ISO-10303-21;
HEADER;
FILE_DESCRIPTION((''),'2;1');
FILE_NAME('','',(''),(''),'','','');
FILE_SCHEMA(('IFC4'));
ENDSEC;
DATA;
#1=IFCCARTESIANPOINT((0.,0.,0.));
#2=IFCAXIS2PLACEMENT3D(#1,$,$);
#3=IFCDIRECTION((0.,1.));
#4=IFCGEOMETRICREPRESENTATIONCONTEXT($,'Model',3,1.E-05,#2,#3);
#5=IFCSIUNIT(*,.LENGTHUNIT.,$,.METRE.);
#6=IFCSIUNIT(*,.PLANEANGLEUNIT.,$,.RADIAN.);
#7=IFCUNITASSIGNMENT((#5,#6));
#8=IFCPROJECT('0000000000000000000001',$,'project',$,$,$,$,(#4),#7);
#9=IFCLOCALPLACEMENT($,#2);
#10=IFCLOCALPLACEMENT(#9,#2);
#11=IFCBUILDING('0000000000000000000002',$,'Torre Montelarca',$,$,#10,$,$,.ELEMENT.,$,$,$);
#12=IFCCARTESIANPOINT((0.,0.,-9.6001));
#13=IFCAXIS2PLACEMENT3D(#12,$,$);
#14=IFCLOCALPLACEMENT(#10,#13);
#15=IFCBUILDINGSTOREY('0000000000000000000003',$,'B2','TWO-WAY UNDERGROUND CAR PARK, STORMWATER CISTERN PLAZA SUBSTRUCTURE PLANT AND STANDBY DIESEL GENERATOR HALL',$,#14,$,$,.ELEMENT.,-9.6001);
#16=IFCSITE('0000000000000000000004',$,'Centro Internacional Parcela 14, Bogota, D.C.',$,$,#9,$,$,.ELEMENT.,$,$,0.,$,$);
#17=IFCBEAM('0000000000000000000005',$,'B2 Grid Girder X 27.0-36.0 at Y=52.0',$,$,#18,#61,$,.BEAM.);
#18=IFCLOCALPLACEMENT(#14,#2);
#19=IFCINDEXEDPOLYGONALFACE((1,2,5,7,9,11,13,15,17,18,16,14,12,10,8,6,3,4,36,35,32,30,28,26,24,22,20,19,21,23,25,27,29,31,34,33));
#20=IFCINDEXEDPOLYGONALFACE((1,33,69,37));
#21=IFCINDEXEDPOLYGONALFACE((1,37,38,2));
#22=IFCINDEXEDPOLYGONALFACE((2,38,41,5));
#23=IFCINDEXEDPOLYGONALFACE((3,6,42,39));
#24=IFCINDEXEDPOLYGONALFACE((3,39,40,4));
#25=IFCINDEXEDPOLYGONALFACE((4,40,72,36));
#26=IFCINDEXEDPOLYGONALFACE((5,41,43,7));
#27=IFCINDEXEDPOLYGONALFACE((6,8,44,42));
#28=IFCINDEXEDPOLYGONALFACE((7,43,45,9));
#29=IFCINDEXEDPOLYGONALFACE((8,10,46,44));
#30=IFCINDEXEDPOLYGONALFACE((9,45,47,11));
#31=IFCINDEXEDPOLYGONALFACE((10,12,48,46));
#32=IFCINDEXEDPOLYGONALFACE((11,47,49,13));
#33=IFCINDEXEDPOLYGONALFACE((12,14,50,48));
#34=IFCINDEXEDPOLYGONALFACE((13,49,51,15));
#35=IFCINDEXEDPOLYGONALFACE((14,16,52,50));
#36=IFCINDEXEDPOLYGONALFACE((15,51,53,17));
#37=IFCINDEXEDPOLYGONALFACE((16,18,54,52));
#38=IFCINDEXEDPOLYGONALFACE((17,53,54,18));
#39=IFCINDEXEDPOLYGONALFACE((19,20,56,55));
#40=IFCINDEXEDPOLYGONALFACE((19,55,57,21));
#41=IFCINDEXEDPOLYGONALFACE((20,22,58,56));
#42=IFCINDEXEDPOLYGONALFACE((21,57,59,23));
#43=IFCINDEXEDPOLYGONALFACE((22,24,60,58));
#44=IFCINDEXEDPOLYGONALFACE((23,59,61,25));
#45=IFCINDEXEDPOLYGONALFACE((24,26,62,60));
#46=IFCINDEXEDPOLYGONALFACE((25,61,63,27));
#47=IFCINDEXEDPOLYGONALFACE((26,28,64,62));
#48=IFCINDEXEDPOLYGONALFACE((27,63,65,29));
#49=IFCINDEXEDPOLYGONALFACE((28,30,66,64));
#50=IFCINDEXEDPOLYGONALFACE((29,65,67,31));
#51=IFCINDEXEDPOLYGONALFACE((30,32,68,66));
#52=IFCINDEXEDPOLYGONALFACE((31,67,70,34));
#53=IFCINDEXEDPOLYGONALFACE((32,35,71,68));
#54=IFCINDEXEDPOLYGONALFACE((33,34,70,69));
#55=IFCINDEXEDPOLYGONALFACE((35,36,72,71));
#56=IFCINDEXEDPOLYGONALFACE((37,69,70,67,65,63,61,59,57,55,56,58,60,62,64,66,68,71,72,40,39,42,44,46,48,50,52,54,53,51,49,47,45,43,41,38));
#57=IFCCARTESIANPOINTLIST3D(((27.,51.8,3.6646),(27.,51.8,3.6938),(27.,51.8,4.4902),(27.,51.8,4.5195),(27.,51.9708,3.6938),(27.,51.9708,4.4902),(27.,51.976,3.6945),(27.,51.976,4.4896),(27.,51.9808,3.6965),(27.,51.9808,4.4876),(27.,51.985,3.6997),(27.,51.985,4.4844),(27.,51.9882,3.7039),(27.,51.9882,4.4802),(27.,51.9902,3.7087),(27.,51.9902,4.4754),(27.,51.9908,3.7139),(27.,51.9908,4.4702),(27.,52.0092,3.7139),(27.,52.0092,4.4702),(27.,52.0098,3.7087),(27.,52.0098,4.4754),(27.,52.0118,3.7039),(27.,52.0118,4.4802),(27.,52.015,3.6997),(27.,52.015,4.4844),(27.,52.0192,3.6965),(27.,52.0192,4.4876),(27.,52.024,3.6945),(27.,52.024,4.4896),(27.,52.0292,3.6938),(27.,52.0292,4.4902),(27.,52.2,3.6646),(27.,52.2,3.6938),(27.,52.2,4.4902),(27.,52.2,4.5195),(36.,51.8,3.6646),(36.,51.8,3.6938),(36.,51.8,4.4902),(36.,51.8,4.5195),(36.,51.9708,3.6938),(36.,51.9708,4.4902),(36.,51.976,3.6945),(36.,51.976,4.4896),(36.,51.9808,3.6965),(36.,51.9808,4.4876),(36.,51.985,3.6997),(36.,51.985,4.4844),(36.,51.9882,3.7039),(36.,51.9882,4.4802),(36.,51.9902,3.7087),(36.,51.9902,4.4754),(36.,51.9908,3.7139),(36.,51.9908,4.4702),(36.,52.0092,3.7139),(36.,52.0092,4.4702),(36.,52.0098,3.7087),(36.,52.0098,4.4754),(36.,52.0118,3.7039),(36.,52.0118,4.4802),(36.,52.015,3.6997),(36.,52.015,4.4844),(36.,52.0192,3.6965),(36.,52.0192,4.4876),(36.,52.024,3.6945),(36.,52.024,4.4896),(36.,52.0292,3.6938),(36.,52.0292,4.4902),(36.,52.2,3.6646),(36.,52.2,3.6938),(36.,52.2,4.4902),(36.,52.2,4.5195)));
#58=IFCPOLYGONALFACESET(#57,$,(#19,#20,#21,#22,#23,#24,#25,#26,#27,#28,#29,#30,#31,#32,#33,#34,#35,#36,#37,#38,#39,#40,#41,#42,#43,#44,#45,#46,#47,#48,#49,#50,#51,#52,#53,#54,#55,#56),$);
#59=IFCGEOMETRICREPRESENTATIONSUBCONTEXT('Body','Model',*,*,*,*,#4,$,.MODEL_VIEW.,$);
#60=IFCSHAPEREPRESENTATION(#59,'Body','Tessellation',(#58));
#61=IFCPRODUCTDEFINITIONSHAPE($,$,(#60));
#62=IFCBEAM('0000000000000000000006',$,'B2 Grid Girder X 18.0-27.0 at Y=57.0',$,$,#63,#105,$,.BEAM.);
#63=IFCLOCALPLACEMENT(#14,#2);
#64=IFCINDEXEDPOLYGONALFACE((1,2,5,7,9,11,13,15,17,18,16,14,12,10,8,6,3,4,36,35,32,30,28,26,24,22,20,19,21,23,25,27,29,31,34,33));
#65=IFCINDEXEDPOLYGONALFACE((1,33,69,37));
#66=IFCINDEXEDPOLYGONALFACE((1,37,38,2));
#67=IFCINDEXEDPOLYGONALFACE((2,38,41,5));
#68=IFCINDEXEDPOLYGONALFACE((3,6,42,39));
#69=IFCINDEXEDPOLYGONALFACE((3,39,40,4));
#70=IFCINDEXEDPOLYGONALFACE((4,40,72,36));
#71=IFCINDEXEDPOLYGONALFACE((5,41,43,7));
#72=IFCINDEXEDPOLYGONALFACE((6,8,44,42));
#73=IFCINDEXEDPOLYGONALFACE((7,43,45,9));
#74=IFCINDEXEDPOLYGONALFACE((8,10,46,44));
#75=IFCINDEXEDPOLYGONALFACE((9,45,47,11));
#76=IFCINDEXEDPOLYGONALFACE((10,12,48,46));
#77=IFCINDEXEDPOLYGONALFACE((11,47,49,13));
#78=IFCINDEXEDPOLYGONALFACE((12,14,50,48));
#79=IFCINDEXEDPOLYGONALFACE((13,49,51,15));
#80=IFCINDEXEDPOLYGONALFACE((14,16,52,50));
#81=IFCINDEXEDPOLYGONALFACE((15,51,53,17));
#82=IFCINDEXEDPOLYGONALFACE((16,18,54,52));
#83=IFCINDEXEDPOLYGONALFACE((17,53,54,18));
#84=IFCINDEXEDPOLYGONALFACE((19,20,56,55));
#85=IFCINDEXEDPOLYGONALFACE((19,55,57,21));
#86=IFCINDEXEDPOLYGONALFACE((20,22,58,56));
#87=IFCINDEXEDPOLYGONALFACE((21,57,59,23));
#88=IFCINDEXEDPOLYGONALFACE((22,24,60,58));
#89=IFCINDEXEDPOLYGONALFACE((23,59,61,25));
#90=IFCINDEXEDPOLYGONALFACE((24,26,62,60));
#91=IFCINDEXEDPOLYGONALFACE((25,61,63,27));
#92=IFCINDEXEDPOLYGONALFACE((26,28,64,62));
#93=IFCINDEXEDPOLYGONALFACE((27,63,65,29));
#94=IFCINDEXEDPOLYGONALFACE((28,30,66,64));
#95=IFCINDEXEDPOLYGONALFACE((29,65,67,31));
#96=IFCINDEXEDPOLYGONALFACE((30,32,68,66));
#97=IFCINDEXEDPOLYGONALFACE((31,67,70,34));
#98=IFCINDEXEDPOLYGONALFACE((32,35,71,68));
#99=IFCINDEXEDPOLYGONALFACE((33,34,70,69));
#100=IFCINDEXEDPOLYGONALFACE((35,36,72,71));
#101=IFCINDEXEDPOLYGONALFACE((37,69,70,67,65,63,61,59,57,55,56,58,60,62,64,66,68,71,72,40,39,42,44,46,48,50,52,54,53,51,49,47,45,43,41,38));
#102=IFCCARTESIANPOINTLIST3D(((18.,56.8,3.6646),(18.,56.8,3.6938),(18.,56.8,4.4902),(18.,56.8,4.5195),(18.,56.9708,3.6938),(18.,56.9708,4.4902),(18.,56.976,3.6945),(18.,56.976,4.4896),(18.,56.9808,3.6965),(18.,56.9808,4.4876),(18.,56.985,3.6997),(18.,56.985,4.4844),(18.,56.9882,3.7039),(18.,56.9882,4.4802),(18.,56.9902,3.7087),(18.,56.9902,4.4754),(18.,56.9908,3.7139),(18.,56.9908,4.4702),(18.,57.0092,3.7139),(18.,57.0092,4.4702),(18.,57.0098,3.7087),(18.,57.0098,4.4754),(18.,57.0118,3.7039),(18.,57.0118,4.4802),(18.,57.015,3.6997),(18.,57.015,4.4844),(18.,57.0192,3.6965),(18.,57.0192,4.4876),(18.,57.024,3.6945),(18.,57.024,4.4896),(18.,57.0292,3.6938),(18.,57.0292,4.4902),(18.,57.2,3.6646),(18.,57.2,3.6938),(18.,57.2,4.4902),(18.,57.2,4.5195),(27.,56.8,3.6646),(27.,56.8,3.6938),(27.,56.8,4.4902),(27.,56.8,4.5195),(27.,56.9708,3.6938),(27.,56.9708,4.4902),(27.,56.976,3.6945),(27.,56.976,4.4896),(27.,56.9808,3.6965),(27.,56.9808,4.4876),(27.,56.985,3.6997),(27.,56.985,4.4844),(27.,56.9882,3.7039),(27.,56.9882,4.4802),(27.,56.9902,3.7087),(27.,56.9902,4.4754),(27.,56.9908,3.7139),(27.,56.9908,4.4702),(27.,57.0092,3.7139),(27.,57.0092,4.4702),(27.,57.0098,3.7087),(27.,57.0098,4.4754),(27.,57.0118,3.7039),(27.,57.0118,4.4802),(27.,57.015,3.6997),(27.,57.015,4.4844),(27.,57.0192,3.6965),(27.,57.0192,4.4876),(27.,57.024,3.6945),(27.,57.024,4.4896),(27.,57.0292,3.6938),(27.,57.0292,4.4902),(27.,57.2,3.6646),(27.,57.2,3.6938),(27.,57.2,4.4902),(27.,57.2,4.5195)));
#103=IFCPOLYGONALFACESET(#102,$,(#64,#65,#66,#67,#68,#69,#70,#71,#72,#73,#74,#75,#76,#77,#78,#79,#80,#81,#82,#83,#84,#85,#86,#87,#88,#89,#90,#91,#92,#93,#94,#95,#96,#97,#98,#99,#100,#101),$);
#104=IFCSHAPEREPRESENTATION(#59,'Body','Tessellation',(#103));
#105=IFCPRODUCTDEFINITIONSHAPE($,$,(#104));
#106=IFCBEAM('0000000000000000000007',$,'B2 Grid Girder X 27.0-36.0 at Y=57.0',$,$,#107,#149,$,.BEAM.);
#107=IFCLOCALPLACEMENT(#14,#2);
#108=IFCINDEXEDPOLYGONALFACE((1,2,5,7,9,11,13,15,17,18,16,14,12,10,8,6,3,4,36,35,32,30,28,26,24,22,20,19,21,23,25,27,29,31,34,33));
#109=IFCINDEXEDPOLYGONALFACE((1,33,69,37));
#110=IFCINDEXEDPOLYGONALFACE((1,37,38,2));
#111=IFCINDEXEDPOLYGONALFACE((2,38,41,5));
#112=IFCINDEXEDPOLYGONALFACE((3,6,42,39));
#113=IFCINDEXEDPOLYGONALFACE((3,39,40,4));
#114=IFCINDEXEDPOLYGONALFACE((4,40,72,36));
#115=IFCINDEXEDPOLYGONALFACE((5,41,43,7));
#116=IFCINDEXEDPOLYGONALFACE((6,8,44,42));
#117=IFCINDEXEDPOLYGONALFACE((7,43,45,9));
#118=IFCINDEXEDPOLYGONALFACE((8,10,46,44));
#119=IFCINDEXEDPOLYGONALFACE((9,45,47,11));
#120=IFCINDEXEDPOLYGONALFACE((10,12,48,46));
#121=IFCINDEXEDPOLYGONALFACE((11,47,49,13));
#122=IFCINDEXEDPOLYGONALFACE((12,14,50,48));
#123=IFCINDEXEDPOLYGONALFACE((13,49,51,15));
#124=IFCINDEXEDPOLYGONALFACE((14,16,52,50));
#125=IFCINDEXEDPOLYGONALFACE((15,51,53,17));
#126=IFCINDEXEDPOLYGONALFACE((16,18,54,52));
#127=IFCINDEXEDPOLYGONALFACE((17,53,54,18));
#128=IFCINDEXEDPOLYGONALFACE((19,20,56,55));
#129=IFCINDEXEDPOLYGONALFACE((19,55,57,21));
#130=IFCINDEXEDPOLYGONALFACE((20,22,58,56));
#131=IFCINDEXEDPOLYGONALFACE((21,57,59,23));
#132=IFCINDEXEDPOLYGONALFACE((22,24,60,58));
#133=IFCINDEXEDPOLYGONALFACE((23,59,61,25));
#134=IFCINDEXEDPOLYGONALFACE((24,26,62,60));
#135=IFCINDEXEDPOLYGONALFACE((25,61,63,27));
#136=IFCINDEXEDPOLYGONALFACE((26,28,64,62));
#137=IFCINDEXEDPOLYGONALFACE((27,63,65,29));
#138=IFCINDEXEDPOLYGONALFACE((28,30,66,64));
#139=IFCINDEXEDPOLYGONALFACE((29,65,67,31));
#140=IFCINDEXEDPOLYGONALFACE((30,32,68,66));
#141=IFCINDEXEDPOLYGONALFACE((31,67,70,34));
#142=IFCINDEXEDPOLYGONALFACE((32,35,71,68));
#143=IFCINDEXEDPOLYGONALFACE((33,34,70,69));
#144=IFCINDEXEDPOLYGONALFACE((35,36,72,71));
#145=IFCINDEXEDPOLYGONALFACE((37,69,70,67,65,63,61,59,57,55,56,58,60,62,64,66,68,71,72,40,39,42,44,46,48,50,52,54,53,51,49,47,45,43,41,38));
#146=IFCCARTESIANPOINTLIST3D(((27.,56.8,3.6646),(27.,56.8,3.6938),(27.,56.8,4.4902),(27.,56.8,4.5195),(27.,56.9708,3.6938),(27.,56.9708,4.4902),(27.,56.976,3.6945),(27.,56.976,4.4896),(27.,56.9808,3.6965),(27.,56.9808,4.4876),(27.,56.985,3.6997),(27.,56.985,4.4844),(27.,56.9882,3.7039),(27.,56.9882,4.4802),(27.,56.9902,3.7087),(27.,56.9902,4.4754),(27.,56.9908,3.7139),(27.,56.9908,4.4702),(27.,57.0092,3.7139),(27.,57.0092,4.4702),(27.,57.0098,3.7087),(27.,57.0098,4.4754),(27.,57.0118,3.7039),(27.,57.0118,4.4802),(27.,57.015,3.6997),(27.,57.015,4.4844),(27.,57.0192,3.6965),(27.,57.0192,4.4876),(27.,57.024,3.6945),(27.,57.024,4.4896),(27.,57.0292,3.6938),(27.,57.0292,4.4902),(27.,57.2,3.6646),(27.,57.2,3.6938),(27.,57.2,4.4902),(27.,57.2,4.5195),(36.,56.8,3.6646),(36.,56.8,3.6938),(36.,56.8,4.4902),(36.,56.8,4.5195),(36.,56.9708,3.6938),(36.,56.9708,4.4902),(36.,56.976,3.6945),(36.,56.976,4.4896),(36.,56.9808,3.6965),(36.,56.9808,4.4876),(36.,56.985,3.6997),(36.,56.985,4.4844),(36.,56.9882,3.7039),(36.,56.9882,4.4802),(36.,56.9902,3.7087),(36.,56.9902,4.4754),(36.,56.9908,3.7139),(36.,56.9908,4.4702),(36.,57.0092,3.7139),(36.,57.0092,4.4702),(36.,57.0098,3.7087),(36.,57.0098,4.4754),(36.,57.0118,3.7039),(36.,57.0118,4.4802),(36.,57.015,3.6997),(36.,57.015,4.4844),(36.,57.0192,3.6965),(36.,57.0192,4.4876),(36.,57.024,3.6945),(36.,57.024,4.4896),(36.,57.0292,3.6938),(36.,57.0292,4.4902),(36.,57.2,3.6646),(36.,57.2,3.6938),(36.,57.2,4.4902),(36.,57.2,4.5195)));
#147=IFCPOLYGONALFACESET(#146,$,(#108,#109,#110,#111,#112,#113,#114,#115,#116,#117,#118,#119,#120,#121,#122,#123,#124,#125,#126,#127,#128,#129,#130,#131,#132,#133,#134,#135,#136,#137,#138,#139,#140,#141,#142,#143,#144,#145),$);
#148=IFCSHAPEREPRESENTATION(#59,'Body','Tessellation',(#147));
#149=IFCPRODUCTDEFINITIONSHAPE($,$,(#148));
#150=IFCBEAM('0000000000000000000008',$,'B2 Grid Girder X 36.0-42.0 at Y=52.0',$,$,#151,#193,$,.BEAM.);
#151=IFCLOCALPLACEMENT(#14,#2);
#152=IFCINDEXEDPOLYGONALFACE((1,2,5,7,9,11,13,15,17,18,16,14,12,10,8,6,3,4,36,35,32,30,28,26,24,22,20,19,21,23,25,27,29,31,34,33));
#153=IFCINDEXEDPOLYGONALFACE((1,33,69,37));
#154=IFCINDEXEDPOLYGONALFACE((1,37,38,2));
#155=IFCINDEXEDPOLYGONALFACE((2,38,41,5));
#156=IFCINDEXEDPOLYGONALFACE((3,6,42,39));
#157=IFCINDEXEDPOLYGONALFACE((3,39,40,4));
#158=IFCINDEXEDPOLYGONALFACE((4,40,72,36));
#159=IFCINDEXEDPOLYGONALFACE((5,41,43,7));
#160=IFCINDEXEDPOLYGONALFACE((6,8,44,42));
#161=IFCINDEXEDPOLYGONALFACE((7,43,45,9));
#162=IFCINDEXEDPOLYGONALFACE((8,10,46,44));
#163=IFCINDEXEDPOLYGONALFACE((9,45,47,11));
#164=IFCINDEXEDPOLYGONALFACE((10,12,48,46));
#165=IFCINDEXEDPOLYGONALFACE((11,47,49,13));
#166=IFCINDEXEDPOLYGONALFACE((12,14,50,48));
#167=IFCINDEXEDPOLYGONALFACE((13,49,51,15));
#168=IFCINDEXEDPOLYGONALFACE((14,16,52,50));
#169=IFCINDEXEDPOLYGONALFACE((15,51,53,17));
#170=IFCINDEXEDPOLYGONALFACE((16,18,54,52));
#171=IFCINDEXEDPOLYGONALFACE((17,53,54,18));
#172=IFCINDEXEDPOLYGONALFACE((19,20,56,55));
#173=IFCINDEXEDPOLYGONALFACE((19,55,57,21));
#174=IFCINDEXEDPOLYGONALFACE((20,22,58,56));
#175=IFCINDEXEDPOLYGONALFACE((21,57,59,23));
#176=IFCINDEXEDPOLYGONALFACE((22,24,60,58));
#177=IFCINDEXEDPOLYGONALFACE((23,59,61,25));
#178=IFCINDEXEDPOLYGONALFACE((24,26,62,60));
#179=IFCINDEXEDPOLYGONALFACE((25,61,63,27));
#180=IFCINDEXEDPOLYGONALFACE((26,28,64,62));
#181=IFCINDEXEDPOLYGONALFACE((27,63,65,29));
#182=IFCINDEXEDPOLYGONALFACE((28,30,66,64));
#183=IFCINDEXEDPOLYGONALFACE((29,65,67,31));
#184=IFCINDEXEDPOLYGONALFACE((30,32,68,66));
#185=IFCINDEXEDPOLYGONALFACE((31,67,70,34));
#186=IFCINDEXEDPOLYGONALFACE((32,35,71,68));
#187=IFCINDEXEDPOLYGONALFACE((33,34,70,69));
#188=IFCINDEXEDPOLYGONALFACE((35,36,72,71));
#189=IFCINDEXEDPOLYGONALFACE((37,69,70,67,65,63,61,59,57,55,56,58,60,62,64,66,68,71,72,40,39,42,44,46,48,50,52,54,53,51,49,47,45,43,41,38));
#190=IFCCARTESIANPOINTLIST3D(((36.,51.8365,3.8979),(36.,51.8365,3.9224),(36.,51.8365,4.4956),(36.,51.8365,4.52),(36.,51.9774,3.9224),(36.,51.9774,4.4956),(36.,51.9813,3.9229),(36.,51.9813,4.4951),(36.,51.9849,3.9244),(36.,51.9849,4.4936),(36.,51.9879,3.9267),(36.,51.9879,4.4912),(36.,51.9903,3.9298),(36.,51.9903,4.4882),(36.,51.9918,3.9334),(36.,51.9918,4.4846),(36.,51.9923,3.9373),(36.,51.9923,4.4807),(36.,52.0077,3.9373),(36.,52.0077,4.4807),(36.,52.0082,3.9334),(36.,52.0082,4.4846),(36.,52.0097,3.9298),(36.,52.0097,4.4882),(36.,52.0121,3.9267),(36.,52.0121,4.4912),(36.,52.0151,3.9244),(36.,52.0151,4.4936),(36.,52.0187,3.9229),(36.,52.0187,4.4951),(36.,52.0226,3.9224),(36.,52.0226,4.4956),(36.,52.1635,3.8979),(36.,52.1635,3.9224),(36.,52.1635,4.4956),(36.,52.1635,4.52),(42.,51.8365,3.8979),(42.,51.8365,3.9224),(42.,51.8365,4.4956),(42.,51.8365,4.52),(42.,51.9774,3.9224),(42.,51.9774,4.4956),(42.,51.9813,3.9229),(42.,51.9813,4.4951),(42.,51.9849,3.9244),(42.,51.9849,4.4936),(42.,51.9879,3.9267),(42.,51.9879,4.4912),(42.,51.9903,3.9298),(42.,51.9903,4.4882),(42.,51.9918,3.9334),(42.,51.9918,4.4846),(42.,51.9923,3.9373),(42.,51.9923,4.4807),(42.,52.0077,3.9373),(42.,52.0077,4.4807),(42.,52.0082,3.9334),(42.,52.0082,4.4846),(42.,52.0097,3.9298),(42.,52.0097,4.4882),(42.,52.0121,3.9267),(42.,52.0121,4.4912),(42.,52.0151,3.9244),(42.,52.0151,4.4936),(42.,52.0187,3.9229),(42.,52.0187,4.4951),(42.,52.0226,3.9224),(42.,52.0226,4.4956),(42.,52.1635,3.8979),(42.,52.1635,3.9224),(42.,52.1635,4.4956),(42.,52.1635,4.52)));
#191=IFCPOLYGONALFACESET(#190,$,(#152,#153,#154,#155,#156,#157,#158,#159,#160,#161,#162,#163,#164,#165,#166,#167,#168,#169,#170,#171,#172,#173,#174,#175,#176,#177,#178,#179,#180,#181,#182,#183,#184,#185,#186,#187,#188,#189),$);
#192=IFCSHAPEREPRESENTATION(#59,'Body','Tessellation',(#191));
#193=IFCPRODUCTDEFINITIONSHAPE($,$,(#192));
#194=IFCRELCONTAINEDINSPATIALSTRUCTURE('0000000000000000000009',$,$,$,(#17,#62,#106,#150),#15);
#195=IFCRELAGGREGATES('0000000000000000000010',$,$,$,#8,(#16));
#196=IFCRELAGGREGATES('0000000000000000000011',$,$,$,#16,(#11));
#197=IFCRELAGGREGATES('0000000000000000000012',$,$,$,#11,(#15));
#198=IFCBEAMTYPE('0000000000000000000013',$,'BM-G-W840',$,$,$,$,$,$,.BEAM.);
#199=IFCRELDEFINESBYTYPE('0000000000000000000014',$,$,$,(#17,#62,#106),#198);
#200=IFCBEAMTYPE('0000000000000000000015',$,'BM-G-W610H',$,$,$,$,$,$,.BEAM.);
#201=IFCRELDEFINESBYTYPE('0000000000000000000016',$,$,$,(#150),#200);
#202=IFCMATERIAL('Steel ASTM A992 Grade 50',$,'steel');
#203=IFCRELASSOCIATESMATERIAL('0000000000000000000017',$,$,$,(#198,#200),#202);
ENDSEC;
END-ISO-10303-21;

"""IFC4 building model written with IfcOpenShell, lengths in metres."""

from ifc_helpers import new_model, si_unit, direction, frame, origin, origin_2d, place, context, subcontext, project, spatial, i_section, extrude, source, transform, mapped, material, material_profile, profile_set, type_object, element, save


model = new_model("IFC4")

# Units and contexts
model_context = context("Model", 3, precision=1e-05, world=origin(), true_north=direction((0.0, 1.0)))
body_context = subcontext(model_context, "Body", "Model", "MODEL_VIEW")
ifc_project = project(units=[si_unit("LENGTHUNIT", "METRE"), si_unit("PLANEANGLEUNIT", "RADIAN")], contexts=[model_context])

# Site, building, storey
site_placement = place(None, origin())
site = spatial("IfcSite", under=ifc_project, at=site_placement, Name="Centro Internacional Parcela 14, Bogota, D.C.", CompositionType="ELEMENT", RefElevation=0.0)
building_placement = place(site_placement, origin())
building = spatial("IfcBuilding", under=site, at=building_placement, Name="Torre Montelarca", CompositionType="ELEMENT")
storey_placement = place(building_placement, frame((0.0, 0.0, -9.6001)))
storey = spatial("IfcBuildingStorey", under=building, at=storey_placement, Name="B2", Description="TWO-WAY UNDERGROUND CAR PARK, STORMWATER CISTERN PLAZA SUBSTRUCTURE PLANT AND STANDBY DIESEL GENERATOR HALL", CompositionType="ELEMENT", Elevation=-9.6001)

# Beams
ifc_material_1 = material(Name="Steel ASTM A992 Grade 50", Category="steel")
ifc_material_profile_1 = material_profile(ifc_material_1, i_section(OverallWidth=0.3999, OverallDepth=0.855, WebThickness=0.0183, FlangeThickness=0.0293, FilletRadius=0.02, at=origin_2d()), Name="W840X299", Category="steel")
ifc_profile_set_1 = profile_set([ifc_material_profile_1], Name="Steel ASTM A992 Grade 50")
beam_type_1 = type_object("IfcBeamType", Name="BM-G-W840", PredefinedType="BEAM", material=ifc_profile_set_1)
shared_shape_1 = source(origin(), body_context, "Body", "SweptSolid", [
    extrude(i_section(OverallWidth=0.3999, OverallDepth=0.855, WebThickness=0.0183, FlangeThickness=0.0293, FilletRadius=0.02, at=origin_2d()), origin(), (0.0, 0.0, 1.0), 9.0),
])
for number, where, z_axis, x_axis, name in (
    (1, (27.0, 52.0, 4.092), (1.0, 0.0, 0.0), (0.0, 1.0, 0.0), "B2 Grid Girder X 27.0-36.0 at Y=52.0"),
    (2, (18.0, 57.0, 4.092), (1.0, 0.0, 0.0), (0.0, 1.0, 0.0), "B2 Grid Girder X 18.0-27.0 at Y=57.0"),
    (3, (27.0, 57.0, 4.092), (1.0, 0.0, 0.0), (0.0, 1.0, 0.0), "B2 Grid Girder X 27.0-36.0 at Y=57.0"),
):
    element("IfcBeam", number, at=place(storey_placement, frame(where, z_axis=z_axis, x_axis=x_axis)), inside=storey, type_object=beam_type_1, Name=name, PredefinedType="BEAM", context=body_context, shape_type="MappedRepresentation", body=[
        mapped(shared_shape_1, transform((0.0, 0.0, 0.0), scale=1.0)),
    ])
ifc_material_profile_2 = material_profile(ifc_material_1, i_section(OverallWidth=0.3269, OverallDepth=0.6221, WebThickness=0.0154, FlangeThickness=0.0244, FilletRadius=0.0149, at=origin_2d()), Name="W610X195", Category="steel")
ifc_profile_set_2 = profile_set([ifc_material_profile_2], Name="Steel ASTM A992 Grade 50")
beam_type_2 = type_object("IfcBeamType", Name="BM-G-W610H", PredefinedType="BEAM", material=ifc_profile_set_2)
shared_shape_2 = source(origin(), body_context, "Body", "SweptSolid", [
    extrude(i_section(OverallWidth=0.3269, OverallDepth=0.6221, WebThickness=0.0154, FlangeThickness=0.0244, FilletRadius=0.0149, at=origin_2d()), origin(), (0.0, 0.0, 1.0), 6.0),
])
beam_1_placement = place(storey_placement, frame((36.0, 52.0, 4.209), z_axis=(1.0, 0.0, 0.0), x_axis=(0.0, 1.0, 0.0)))
element("IfcBeam", 4, at=beam_1_placement, inside=storey, type_object=beam_type_2, Name="B2 Grid Girder X 36.0-42.0 at Y=52.0", PredefinedType="BEAM", context=body_context, shape_type="MappedRepresentation", body=[
    mapped(shared_shape_2, transform((0.0, 0.0, 0.0), scale=1.0)),
])

save(model, "model.ifc")
